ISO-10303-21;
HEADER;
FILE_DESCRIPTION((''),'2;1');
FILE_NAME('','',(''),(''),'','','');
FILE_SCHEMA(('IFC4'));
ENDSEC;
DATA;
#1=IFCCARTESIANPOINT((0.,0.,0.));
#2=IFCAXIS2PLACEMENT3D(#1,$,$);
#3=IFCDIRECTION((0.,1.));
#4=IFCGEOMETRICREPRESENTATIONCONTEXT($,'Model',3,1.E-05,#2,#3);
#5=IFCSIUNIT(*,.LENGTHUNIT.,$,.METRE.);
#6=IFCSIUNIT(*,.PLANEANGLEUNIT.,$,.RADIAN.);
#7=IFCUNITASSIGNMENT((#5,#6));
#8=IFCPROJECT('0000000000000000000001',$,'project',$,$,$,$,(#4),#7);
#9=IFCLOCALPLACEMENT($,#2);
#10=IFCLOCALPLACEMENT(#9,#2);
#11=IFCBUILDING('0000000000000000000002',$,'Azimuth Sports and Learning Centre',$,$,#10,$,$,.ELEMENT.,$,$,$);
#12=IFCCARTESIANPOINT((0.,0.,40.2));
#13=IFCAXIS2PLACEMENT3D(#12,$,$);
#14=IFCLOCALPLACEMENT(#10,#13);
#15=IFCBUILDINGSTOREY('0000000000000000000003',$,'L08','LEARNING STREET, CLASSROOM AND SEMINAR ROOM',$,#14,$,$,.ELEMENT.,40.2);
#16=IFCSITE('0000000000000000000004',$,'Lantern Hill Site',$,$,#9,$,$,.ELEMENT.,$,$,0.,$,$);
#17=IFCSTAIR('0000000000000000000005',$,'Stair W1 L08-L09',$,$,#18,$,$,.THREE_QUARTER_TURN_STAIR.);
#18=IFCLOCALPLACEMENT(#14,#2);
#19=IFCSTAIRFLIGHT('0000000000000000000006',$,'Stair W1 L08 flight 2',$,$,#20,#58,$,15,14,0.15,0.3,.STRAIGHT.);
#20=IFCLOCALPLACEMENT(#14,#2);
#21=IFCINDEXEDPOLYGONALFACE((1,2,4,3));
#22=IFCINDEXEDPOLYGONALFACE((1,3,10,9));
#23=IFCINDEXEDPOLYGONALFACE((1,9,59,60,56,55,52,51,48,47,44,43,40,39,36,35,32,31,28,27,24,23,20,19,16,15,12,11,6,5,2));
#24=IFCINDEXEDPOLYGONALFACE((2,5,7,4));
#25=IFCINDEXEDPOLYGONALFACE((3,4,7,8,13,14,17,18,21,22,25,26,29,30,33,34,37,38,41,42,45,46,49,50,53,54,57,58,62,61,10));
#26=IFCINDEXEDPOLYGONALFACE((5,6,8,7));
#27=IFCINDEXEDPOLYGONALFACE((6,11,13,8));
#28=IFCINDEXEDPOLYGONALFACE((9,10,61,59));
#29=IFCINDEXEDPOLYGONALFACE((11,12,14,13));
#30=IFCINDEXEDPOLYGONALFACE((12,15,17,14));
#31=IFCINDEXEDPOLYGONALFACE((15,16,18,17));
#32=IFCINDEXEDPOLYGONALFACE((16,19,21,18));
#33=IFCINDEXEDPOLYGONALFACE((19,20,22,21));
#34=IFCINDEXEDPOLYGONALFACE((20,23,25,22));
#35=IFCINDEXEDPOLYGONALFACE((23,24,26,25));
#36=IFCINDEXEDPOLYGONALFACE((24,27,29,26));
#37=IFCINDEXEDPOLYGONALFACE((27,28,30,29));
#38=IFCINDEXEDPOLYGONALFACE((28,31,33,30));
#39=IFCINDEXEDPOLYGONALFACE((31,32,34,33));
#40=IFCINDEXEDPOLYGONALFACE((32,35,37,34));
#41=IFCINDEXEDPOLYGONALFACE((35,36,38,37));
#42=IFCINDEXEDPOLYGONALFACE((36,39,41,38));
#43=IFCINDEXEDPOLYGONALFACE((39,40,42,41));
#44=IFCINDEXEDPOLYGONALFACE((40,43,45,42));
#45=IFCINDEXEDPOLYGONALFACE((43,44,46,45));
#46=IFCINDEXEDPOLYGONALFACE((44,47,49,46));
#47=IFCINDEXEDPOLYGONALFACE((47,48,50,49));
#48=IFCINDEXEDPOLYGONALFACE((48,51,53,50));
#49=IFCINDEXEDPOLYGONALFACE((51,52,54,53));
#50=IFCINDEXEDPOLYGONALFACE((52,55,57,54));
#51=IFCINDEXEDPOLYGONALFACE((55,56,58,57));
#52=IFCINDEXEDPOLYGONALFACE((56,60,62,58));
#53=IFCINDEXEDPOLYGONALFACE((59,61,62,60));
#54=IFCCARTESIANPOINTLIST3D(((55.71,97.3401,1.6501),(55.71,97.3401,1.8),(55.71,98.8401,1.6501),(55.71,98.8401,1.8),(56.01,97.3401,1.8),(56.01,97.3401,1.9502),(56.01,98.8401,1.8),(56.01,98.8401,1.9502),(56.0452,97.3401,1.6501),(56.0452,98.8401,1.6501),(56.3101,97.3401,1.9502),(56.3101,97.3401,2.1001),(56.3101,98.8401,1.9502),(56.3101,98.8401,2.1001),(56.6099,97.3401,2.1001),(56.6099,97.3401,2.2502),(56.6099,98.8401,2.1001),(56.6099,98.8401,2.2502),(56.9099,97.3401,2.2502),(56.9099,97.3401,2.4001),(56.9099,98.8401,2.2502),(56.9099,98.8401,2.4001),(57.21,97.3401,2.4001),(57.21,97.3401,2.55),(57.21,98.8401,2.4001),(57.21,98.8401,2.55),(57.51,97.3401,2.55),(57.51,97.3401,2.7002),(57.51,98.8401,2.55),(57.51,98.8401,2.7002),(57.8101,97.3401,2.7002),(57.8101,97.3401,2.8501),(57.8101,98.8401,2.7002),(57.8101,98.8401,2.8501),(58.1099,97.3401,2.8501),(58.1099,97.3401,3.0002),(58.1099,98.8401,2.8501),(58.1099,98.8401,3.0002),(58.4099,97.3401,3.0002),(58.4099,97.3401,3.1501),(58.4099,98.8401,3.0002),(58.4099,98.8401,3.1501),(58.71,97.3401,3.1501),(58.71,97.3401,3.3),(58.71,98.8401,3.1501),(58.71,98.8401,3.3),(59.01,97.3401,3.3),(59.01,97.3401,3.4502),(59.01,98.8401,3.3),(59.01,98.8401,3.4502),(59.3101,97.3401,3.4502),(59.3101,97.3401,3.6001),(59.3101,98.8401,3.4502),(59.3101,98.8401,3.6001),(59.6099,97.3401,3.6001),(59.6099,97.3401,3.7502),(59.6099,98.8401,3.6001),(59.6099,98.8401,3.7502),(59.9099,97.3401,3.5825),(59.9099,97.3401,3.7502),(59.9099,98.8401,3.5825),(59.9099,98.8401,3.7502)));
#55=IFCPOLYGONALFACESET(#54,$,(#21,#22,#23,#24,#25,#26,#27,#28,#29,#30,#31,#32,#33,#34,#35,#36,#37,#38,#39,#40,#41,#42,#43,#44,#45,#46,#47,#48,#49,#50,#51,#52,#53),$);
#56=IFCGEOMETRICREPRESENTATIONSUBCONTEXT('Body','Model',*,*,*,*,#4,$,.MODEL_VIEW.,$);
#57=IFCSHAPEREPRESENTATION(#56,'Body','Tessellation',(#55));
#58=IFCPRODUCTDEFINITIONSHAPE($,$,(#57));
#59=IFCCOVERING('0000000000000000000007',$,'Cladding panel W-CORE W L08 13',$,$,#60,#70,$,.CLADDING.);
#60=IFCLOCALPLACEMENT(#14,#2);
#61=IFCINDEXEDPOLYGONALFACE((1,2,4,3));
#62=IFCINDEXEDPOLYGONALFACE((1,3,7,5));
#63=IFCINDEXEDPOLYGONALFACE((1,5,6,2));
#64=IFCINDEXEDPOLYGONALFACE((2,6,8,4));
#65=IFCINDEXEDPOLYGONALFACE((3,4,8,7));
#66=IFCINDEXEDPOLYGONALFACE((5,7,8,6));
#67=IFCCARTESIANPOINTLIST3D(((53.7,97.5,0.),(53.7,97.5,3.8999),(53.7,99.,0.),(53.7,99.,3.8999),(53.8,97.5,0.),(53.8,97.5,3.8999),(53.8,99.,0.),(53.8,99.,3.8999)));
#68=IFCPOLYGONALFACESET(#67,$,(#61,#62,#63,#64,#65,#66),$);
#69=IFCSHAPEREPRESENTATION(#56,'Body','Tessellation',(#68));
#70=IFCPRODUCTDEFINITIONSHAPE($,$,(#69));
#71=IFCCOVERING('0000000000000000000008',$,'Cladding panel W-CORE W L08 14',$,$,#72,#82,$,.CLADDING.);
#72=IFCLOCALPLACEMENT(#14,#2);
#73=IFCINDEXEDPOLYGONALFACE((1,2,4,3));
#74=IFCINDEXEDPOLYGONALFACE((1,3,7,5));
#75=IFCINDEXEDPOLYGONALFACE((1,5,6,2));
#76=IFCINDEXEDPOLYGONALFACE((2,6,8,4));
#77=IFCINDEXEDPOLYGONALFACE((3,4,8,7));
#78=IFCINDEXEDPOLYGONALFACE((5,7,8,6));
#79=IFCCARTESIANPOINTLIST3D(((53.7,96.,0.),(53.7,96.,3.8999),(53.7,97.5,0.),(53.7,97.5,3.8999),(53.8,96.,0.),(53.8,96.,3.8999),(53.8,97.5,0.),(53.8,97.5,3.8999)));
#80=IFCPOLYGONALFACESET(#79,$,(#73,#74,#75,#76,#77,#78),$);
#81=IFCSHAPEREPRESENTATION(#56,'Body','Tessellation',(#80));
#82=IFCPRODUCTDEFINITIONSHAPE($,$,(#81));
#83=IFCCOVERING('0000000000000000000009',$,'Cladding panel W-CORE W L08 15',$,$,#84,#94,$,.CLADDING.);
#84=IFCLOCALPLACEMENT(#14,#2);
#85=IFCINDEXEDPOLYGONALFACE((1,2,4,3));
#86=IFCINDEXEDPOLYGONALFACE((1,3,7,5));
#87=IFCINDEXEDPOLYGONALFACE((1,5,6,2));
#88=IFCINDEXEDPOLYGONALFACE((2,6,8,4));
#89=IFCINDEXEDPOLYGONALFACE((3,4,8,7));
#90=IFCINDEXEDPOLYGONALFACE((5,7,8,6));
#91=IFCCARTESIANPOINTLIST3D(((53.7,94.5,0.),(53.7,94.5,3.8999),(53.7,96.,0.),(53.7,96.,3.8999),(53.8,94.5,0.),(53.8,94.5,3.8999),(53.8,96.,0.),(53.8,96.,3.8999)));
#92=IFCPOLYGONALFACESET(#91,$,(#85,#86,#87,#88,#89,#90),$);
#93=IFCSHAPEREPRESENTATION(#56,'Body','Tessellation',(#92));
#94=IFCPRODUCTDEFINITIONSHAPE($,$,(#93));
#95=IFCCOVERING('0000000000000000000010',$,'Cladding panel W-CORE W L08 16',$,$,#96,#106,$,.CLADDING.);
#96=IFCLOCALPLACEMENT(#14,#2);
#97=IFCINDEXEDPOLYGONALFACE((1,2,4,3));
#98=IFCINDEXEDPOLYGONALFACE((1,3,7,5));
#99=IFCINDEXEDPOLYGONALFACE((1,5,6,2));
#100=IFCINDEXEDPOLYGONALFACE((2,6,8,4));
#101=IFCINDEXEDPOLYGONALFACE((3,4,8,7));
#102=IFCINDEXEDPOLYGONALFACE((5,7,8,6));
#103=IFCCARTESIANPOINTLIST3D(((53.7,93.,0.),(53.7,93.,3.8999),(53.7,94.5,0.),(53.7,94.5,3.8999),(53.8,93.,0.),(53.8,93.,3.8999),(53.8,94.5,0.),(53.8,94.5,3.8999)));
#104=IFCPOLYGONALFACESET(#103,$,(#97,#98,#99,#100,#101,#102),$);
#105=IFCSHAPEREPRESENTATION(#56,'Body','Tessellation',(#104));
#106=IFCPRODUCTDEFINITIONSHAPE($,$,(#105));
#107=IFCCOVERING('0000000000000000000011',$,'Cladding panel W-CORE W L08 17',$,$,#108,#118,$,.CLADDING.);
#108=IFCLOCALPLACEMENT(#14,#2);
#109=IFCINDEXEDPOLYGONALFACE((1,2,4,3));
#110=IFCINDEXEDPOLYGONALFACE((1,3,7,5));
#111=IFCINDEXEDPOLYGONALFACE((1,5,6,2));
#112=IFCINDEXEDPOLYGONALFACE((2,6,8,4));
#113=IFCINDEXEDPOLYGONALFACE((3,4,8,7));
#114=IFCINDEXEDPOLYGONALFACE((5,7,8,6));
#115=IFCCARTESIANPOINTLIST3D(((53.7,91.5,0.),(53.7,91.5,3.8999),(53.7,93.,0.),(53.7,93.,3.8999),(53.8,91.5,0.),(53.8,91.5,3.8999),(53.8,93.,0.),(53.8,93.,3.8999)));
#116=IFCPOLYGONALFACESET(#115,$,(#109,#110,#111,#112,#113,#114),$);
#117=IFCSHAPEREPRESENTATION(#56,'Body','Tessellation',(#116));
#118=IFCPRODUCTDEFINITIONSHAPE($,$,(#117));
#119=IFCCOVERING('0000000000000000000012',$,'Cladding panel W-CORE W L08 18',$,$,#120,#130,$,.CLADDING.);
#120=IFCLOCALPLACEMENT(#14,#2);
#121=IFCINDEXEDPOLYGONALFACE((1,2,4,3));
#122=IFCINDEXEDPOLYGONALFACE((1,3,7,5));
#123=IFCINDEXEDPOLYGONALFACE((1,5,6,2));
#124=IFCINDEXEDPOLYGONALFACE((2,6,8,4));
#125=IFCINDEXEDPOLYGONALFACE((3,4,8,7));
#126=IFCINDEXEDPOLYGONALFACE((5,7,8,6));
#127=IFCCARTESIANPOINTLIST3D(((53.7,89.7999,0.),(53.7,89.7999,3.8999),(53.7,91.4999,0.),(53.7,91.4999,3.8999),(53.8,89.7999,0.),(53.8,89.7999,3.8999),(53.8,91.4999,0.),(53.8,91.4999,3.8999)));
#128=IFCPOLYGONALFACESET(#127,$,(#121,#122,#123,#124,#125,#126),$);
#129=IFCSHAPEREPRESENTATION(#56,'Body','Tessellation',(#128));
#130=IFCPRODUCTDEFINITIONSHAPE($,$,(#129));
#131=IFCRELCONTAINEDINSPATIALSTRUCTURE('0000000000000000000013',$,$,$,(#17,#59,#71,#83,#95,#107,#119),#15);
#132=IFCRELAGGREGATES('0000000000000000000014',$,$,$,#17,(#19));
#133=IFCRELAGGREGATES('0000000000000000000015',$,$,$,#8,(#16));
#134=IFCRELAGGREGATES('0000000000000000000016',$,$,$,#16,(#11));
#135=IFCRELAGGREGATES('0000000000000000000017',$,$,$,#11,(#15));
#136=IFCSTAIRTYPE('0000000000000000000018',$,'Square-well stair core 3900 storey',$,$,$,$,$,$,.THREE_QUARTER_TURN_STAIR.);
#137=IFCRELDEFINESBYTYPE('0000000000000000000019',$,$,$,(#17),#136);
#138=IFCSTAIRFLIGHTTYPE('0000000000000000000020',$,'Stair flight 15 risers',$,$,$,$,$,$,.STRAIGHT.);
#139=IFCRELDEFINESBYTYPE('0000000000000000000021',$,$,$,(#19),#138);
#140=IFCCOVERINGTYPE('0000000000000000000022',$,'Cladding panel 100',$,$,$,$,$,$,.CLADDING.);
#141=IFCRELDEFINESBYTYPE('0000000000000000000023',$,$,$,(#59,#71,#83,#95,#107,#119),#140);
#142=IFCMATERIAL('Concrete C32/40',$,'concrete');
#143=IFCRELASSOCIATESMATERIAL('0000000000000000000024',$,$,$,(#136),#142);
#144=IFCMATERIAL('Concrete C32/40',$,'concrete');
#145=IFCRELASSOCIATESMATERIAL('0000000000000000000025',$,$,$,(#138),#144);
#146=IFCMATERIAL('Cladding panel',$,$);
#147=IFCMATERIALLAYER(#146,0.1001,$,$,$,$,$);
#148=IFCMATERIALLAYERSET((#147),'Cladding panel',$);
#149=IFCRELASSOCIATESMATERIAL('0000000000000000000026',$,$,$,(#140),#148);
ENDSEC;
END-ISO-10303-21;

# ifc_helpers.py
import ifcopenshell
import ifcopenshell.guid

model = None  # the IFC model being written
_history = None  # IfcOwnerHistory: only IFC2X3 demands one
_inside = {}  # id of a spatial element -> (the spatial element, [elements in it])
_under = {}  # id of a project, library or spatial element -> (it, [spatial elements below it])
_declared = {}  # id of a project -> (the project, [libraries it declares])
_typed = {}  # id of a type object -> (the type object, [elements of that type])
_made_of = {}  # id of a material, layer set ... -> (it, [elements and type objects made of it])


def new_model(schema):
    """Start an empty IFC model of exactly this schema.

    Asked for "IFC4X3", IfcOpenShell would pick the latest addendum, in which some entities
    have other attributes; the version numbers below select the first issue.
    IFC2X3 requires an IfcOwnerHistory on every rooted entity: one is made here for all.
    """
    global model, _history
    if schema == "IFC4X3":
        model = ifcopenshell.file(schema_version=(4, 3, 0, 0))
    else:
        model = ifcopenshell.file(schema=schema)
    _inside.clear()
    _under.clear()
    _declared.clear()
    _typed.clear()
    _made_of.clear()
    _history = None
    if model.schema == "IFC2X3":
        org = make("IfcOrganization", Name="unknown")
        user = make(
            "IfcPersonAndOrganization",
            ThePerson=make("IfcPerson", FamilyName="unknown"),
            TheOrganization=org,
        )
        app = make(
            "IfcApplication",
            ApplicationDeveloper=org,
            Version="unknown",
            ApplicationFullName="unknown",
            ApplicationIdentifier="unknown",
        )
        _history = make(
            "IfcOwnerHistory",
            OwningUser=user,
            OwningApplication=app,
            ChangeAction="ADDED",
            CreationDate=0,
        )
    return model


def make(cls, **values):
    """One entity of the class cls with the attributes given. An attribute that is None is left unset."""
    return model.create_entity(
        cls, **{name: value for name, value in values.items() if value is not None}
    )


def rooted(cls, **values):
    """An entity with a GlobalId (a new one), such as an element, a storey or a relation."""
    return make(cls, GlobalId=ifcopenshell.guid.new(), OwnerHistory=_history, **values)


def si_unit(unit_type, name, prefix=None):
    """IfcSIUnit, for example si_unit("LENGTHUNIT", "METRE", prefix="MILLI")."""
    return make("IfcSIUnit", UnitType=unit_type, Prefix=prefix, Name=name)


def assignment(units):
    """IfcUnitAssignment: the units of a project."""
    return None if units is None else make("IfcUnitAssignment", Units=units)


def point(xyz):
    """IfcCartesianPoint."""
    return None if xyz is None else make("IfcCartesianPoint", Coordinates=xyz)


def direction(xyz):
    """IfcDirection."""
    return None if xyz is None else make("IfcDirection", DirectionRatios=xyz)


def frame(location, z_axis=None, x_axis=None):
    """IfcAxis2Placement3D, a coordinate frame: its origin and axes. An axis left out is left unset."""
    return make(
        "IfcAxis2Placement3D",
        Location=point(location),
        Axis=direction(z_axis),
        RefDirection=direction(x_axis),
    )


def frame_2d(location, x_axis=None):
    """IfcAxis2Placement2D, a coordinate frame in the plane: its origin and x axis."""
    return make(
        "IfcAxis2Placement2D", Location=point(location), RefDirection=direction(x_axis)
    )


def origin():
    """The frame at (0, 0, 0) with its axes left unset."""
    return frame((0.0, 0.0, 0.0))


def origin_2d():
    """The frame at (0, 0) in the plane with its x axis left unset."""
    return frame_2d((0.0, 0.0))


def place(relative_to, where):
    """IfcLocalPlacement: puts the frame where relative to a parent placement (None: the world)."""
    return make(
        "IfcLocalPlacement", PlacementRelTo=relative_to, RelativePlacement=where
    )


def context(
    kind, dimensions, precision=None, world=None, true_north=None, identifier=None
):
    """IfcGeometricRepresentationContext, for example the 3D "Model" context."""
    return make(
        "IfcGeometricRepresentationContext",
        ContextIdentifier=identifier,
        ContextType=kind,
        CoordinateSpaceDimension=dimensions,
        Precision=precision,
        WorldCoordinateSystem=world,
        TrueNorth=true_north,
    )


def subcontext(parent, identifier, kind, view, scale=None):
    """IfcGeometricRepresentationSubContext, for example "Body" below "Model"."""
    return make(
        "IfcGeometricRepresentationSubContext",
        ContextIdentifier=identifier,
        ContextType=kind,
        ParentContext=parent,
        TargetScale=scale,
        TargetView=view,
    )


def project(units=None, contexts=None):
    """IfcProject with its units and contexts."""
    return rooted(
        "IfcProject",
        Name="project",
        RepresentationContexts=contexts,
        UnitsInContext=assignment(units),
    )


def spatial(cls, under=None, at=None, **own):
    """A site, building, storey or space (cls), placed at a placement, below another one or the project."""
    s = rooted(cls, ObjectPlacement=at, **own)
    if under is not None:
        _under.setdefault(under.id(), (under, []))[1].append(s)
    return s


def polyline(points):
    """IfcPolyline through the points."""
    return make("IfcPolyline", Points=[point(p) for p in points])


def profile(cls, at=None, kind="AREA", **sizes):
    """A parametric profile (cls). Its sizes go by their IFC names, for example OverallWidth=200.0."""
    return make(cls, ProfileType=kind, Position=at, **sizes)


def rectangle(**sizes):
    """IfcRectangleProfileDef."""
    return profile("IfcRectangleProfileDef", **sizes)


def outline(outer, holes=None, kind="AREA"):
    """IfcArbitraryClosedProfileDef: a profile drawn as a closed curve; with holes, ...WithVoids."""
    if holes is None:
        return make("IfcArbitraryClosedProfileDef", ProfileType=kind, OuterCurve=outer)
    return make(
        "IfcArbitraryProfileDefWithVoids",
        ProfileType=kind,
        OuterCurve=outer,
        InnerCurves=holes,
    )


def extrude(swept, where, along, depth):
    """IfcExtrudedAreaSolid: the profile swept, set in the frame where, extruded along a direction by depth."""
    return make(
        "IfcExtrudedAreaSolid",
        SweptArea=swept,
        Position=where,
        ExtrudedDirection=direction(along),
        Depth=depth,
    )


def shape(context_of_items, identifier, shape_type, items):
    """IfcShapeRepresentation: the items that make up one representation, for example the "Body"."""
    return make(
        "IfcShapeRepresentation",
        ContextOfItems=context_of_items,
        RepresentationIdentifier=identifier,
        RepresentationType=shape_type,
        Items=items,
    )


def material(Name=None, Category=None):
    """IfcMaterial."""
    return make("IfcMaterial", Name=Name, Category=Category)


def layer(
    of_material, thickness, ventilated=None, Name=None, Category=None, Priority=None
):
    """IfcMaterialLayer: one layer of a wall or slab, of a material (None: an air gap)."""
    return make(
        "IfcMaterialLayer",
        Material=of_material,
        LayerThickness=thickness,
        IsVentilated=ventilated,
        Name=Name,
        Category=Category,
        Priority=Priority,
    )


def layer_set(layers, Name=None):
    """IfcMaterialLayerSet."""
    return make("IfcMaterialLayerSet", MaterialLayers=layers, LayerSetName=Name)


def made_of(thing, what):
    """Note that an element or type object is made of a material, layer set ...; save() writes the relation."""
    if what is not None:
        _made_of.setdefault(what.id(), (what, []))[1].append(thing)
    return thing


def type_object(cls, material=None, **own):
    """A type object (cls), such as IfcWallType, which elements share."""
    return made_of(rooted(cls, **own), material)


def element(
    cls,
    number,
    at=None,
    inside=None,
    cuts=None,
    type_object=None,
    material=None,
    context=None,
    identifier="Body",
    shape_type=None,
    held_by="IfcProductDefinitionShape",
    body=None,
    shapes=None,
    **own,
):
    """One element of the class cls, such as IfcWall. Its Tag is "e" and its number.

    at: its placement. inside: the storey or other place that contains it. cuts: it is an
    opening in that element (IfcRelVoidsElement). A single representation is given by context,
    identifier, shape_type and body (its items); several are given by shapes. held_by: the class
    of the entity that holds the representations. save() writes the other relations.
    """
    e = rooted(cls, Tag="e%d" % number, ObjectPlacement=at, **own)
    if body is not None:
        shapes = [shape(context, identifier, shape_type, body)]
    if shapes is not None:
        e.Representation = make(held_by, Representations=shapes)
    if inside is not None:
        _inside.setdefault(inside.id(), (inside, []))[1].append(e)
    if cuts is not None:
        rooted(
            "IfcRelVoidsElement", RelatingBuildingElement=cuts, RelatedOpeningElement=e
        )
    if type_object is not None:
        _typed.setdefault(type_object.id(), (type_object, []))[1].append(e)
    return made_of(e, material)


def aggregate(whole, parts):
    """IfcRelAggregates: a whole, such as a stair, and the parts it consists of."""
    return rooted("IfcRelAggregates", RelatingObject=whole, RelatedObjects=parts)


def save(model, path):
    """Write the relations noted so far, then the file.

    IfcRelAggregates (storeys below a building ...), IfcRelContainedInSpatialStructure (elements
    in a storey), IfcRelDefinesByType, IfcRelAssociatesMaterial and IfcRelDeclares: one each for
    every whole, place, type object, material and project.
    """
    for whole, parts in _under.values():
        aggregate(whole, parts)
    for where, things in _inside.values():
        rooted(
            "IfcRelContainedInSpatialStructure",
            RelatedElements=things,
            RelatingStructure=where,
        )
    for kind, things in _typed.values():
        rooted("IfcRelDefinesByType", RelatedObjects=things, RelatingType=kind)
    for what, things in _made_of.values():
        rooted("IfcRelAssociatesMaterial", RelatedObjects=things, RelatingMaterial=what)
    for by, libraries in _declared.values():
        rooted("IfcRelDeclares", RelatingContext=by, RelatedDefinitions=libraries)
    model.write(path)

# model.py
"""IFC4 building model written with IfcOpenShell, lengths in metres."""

from ifc_helpers import new_model, si_unit, direction, frame, origin, origin_2d, place, context, subcontext, project, spatial, polyline, rectangle, outline, extrude, material, layer, layer_set, type_object, element, aggregate, save


model = new_model("IFC4")

# Units and contexts
model_context = context("Model", 3, precision=1e-05, world=origin(), true_north=direction((0.0, 1.0)))
body_context = subcontext(model_context, "Body", "Model", "MODEL_VIEW")
ifc_project = project(units=[si_unit("LENGTHUNIT", "METRE"), si_unit("PLANEANGLEUNIT", "RADIAN")], contexts=[model_context])

# Site, building, storey
site_placement = place(None, origin())
site = spatial("IfcSite", under=ifc_project, at=site_placement, Name="Lantern Hill Site", CompositionType="ELEMENT", RefElevation=0.0)
building_placement = place(site_placement, origin())
building = spatial("IfcBuilding", under=site, at=building_placement, Name="Azimuth Sports and Learning Centre", CompositionType="ELEMENT")
storey_placement = place(building_placement, frame((0.0, 0.0, 40.2)))
storey = spatial("IfcBuildingStorey", under=building, at=storey_placement, Name="L08", Description="LEARNING STREET, CLASSROOM AND SEMINAR ROOM", CompositionType="ELEMENT", Elevation=40.2)

# Stair, stair flight
ifc_material_1 = material(Name="Concrete C32/40", Category="concrete")
stair_type = type_object("IfcStairType", Name="Square-well stair core 3900 storey", PredefinedType="THREE_QUARTER_TURN_STAIR", material=ifc_material_1)
stair_placement = place(storey_placement, origin())
stair = element("IfcStair", 1, at=stair_placement, inside=storey, type_object=stair_type, Name="Stair W1 L08-L09", PredefinedType="THREE_QUARTER_TURN_STAIR")
ifc_material_2 = material(Name="Concrete C32/40", Category="concrete")
stair_flight_type_1 = type_object("IfcStairFlightType", Name="Stair flight 15 risers", PredefinedType="STRAIGHT", material=ifc_material_2)
stair_flight_1_placement = place(storey_placement, frame((55.71, 98.0901, 1.6501), z_axis=(0.0, 0.0, 1.0), x_axis=(1.0, 0.0, 0.0)))
stair_flight_1 = element("IfcStairFlight", 2, at=stair_flight_1_placement, type_object=stair_flight_type_1, Name="Stair W1 L08 flight 2", NumberOfRisers=15, NumberOfTreads=14, PredefinedType="STRAIGHT", RiserHeight=0.15, TreadLength=0.3, context=body_context, shape_type="SweptSolid", body=[
    extrude(outline(polyline([(0.0, 0.0), (0.0, 0.1499), (0.3, 0.1499), (0.3, 0.3), (0.6001, 0.3), (0.6001, 0.45), (0.8999, 0.45), (0.8999, 0.6001), (1.2, 0.6001), (1.2, 0.75), (1.5, 0.75), (1.5, 0.8999), (1.8, 0.8999), (1.8, 1.05), (2.1001, 1.05), (2.1001, 1.2), (2.3999, 1.2), (2.3999, 1.3501), (2.7, 1.3501), (2.7, 1.5), (3.0, 1.5), (3.0, 1.6499), (3.3, 1.6499), (3.3, 1.8), (3.6001, 1.8), (3.6001, 1.95), (3.8999, 1.95), (3.8999, 2.1001), (4.2, 2.1001), (4.2, 2.25), (4.2, 1.9324), (0.3352, 0.0), (0.0, 0.0)])), frame((0.0, 0.75, 0.0), z_axis=(0.0, -1.0, 0.0), x_axis=(1.0, 0.0, 0.0)), (0.0, 0.0, 1.0), 1.5),
])
aggregate(stair, [stair_flight_1])

# Coverings
ifc_material_3 = material(Name="Cladding panel")
ifc_layer_1 = layer(ifc_material_3, 0.1001)
ifc_layer_set_1 = layer_set([ifc_layer_1], Name="Cladding panel")
covering_type = type_object("IfcCoveringType", Name="Cladding panel 100", PredefinedType="CLADDING", material=ifc_layer_set_1)
for number, where, z_axis, x_axis, name in (
    (3, (53.75, 98.25, 0.0), (0.0, 0.0, 1.0), (0.0, -1.0, 0.0), "Cladding panel W-CORE W L08 13"),
    (4, (53.75, 96.75, 0.0), (0.0, 0.0, 1.0), (0.0, -1.0, 0.0), "Cladding panel W-CORE W L08 14"),
    (5, (53.75, 95.25, 0.0), (0.0, 0.0, 1.0), (0.0, -1.0, 0.0), "Cladding panel W-CORE W L08 15"),
    (6, (53.75, 93.75, 0.0), (0.0, 0.0, 1.0), (0.0, -1.0, 0.0), "Cladding panel W-CORE W L08 16"),
    (7, (53.75, 92.25, 0.0), (0.0, 0.0, 1.0), (0.0, -1.0, 0.0), "Cladding panel W-CORE W L08 17"),
):
    element("IfcCovering", number, at=place(storey_placement, frame(where, z_axis=z_axis, x_axis=x_axis)), inside=storey, type_object=covering_type, Name=name, PredefinedType="CLADDING", context=body_context, shape_type="SweptSolid", body=[
        extrude(rectangle(XDim=1.5, YDim=0.1001, at=origin_2d()), origin(), (0.0, 0.0, 1.0), 3.8999),
    ])
covering_placement = place(storey_placement, frame((53.75, 90.6499, 0.0), z_axis=(0.0, 0.0, 1.0), x_axis=(0.0, -1.0, 0.0)))
element("IfcCovering", 8, at=covering_placement, inside=storey, type_object=covering_type, Name="Cladding panel W-CORE W L08 18", PredefinedType="CLADDING", context=body_context, shape_type="SweptSolid", body=[
    extrude(rectangle(XDim=1.7, YDim=0.1001, at=origin_2d()), origin(), (0.0, 0.0, 1.0), 3.8999),
])

save(model, "model.ifc")
